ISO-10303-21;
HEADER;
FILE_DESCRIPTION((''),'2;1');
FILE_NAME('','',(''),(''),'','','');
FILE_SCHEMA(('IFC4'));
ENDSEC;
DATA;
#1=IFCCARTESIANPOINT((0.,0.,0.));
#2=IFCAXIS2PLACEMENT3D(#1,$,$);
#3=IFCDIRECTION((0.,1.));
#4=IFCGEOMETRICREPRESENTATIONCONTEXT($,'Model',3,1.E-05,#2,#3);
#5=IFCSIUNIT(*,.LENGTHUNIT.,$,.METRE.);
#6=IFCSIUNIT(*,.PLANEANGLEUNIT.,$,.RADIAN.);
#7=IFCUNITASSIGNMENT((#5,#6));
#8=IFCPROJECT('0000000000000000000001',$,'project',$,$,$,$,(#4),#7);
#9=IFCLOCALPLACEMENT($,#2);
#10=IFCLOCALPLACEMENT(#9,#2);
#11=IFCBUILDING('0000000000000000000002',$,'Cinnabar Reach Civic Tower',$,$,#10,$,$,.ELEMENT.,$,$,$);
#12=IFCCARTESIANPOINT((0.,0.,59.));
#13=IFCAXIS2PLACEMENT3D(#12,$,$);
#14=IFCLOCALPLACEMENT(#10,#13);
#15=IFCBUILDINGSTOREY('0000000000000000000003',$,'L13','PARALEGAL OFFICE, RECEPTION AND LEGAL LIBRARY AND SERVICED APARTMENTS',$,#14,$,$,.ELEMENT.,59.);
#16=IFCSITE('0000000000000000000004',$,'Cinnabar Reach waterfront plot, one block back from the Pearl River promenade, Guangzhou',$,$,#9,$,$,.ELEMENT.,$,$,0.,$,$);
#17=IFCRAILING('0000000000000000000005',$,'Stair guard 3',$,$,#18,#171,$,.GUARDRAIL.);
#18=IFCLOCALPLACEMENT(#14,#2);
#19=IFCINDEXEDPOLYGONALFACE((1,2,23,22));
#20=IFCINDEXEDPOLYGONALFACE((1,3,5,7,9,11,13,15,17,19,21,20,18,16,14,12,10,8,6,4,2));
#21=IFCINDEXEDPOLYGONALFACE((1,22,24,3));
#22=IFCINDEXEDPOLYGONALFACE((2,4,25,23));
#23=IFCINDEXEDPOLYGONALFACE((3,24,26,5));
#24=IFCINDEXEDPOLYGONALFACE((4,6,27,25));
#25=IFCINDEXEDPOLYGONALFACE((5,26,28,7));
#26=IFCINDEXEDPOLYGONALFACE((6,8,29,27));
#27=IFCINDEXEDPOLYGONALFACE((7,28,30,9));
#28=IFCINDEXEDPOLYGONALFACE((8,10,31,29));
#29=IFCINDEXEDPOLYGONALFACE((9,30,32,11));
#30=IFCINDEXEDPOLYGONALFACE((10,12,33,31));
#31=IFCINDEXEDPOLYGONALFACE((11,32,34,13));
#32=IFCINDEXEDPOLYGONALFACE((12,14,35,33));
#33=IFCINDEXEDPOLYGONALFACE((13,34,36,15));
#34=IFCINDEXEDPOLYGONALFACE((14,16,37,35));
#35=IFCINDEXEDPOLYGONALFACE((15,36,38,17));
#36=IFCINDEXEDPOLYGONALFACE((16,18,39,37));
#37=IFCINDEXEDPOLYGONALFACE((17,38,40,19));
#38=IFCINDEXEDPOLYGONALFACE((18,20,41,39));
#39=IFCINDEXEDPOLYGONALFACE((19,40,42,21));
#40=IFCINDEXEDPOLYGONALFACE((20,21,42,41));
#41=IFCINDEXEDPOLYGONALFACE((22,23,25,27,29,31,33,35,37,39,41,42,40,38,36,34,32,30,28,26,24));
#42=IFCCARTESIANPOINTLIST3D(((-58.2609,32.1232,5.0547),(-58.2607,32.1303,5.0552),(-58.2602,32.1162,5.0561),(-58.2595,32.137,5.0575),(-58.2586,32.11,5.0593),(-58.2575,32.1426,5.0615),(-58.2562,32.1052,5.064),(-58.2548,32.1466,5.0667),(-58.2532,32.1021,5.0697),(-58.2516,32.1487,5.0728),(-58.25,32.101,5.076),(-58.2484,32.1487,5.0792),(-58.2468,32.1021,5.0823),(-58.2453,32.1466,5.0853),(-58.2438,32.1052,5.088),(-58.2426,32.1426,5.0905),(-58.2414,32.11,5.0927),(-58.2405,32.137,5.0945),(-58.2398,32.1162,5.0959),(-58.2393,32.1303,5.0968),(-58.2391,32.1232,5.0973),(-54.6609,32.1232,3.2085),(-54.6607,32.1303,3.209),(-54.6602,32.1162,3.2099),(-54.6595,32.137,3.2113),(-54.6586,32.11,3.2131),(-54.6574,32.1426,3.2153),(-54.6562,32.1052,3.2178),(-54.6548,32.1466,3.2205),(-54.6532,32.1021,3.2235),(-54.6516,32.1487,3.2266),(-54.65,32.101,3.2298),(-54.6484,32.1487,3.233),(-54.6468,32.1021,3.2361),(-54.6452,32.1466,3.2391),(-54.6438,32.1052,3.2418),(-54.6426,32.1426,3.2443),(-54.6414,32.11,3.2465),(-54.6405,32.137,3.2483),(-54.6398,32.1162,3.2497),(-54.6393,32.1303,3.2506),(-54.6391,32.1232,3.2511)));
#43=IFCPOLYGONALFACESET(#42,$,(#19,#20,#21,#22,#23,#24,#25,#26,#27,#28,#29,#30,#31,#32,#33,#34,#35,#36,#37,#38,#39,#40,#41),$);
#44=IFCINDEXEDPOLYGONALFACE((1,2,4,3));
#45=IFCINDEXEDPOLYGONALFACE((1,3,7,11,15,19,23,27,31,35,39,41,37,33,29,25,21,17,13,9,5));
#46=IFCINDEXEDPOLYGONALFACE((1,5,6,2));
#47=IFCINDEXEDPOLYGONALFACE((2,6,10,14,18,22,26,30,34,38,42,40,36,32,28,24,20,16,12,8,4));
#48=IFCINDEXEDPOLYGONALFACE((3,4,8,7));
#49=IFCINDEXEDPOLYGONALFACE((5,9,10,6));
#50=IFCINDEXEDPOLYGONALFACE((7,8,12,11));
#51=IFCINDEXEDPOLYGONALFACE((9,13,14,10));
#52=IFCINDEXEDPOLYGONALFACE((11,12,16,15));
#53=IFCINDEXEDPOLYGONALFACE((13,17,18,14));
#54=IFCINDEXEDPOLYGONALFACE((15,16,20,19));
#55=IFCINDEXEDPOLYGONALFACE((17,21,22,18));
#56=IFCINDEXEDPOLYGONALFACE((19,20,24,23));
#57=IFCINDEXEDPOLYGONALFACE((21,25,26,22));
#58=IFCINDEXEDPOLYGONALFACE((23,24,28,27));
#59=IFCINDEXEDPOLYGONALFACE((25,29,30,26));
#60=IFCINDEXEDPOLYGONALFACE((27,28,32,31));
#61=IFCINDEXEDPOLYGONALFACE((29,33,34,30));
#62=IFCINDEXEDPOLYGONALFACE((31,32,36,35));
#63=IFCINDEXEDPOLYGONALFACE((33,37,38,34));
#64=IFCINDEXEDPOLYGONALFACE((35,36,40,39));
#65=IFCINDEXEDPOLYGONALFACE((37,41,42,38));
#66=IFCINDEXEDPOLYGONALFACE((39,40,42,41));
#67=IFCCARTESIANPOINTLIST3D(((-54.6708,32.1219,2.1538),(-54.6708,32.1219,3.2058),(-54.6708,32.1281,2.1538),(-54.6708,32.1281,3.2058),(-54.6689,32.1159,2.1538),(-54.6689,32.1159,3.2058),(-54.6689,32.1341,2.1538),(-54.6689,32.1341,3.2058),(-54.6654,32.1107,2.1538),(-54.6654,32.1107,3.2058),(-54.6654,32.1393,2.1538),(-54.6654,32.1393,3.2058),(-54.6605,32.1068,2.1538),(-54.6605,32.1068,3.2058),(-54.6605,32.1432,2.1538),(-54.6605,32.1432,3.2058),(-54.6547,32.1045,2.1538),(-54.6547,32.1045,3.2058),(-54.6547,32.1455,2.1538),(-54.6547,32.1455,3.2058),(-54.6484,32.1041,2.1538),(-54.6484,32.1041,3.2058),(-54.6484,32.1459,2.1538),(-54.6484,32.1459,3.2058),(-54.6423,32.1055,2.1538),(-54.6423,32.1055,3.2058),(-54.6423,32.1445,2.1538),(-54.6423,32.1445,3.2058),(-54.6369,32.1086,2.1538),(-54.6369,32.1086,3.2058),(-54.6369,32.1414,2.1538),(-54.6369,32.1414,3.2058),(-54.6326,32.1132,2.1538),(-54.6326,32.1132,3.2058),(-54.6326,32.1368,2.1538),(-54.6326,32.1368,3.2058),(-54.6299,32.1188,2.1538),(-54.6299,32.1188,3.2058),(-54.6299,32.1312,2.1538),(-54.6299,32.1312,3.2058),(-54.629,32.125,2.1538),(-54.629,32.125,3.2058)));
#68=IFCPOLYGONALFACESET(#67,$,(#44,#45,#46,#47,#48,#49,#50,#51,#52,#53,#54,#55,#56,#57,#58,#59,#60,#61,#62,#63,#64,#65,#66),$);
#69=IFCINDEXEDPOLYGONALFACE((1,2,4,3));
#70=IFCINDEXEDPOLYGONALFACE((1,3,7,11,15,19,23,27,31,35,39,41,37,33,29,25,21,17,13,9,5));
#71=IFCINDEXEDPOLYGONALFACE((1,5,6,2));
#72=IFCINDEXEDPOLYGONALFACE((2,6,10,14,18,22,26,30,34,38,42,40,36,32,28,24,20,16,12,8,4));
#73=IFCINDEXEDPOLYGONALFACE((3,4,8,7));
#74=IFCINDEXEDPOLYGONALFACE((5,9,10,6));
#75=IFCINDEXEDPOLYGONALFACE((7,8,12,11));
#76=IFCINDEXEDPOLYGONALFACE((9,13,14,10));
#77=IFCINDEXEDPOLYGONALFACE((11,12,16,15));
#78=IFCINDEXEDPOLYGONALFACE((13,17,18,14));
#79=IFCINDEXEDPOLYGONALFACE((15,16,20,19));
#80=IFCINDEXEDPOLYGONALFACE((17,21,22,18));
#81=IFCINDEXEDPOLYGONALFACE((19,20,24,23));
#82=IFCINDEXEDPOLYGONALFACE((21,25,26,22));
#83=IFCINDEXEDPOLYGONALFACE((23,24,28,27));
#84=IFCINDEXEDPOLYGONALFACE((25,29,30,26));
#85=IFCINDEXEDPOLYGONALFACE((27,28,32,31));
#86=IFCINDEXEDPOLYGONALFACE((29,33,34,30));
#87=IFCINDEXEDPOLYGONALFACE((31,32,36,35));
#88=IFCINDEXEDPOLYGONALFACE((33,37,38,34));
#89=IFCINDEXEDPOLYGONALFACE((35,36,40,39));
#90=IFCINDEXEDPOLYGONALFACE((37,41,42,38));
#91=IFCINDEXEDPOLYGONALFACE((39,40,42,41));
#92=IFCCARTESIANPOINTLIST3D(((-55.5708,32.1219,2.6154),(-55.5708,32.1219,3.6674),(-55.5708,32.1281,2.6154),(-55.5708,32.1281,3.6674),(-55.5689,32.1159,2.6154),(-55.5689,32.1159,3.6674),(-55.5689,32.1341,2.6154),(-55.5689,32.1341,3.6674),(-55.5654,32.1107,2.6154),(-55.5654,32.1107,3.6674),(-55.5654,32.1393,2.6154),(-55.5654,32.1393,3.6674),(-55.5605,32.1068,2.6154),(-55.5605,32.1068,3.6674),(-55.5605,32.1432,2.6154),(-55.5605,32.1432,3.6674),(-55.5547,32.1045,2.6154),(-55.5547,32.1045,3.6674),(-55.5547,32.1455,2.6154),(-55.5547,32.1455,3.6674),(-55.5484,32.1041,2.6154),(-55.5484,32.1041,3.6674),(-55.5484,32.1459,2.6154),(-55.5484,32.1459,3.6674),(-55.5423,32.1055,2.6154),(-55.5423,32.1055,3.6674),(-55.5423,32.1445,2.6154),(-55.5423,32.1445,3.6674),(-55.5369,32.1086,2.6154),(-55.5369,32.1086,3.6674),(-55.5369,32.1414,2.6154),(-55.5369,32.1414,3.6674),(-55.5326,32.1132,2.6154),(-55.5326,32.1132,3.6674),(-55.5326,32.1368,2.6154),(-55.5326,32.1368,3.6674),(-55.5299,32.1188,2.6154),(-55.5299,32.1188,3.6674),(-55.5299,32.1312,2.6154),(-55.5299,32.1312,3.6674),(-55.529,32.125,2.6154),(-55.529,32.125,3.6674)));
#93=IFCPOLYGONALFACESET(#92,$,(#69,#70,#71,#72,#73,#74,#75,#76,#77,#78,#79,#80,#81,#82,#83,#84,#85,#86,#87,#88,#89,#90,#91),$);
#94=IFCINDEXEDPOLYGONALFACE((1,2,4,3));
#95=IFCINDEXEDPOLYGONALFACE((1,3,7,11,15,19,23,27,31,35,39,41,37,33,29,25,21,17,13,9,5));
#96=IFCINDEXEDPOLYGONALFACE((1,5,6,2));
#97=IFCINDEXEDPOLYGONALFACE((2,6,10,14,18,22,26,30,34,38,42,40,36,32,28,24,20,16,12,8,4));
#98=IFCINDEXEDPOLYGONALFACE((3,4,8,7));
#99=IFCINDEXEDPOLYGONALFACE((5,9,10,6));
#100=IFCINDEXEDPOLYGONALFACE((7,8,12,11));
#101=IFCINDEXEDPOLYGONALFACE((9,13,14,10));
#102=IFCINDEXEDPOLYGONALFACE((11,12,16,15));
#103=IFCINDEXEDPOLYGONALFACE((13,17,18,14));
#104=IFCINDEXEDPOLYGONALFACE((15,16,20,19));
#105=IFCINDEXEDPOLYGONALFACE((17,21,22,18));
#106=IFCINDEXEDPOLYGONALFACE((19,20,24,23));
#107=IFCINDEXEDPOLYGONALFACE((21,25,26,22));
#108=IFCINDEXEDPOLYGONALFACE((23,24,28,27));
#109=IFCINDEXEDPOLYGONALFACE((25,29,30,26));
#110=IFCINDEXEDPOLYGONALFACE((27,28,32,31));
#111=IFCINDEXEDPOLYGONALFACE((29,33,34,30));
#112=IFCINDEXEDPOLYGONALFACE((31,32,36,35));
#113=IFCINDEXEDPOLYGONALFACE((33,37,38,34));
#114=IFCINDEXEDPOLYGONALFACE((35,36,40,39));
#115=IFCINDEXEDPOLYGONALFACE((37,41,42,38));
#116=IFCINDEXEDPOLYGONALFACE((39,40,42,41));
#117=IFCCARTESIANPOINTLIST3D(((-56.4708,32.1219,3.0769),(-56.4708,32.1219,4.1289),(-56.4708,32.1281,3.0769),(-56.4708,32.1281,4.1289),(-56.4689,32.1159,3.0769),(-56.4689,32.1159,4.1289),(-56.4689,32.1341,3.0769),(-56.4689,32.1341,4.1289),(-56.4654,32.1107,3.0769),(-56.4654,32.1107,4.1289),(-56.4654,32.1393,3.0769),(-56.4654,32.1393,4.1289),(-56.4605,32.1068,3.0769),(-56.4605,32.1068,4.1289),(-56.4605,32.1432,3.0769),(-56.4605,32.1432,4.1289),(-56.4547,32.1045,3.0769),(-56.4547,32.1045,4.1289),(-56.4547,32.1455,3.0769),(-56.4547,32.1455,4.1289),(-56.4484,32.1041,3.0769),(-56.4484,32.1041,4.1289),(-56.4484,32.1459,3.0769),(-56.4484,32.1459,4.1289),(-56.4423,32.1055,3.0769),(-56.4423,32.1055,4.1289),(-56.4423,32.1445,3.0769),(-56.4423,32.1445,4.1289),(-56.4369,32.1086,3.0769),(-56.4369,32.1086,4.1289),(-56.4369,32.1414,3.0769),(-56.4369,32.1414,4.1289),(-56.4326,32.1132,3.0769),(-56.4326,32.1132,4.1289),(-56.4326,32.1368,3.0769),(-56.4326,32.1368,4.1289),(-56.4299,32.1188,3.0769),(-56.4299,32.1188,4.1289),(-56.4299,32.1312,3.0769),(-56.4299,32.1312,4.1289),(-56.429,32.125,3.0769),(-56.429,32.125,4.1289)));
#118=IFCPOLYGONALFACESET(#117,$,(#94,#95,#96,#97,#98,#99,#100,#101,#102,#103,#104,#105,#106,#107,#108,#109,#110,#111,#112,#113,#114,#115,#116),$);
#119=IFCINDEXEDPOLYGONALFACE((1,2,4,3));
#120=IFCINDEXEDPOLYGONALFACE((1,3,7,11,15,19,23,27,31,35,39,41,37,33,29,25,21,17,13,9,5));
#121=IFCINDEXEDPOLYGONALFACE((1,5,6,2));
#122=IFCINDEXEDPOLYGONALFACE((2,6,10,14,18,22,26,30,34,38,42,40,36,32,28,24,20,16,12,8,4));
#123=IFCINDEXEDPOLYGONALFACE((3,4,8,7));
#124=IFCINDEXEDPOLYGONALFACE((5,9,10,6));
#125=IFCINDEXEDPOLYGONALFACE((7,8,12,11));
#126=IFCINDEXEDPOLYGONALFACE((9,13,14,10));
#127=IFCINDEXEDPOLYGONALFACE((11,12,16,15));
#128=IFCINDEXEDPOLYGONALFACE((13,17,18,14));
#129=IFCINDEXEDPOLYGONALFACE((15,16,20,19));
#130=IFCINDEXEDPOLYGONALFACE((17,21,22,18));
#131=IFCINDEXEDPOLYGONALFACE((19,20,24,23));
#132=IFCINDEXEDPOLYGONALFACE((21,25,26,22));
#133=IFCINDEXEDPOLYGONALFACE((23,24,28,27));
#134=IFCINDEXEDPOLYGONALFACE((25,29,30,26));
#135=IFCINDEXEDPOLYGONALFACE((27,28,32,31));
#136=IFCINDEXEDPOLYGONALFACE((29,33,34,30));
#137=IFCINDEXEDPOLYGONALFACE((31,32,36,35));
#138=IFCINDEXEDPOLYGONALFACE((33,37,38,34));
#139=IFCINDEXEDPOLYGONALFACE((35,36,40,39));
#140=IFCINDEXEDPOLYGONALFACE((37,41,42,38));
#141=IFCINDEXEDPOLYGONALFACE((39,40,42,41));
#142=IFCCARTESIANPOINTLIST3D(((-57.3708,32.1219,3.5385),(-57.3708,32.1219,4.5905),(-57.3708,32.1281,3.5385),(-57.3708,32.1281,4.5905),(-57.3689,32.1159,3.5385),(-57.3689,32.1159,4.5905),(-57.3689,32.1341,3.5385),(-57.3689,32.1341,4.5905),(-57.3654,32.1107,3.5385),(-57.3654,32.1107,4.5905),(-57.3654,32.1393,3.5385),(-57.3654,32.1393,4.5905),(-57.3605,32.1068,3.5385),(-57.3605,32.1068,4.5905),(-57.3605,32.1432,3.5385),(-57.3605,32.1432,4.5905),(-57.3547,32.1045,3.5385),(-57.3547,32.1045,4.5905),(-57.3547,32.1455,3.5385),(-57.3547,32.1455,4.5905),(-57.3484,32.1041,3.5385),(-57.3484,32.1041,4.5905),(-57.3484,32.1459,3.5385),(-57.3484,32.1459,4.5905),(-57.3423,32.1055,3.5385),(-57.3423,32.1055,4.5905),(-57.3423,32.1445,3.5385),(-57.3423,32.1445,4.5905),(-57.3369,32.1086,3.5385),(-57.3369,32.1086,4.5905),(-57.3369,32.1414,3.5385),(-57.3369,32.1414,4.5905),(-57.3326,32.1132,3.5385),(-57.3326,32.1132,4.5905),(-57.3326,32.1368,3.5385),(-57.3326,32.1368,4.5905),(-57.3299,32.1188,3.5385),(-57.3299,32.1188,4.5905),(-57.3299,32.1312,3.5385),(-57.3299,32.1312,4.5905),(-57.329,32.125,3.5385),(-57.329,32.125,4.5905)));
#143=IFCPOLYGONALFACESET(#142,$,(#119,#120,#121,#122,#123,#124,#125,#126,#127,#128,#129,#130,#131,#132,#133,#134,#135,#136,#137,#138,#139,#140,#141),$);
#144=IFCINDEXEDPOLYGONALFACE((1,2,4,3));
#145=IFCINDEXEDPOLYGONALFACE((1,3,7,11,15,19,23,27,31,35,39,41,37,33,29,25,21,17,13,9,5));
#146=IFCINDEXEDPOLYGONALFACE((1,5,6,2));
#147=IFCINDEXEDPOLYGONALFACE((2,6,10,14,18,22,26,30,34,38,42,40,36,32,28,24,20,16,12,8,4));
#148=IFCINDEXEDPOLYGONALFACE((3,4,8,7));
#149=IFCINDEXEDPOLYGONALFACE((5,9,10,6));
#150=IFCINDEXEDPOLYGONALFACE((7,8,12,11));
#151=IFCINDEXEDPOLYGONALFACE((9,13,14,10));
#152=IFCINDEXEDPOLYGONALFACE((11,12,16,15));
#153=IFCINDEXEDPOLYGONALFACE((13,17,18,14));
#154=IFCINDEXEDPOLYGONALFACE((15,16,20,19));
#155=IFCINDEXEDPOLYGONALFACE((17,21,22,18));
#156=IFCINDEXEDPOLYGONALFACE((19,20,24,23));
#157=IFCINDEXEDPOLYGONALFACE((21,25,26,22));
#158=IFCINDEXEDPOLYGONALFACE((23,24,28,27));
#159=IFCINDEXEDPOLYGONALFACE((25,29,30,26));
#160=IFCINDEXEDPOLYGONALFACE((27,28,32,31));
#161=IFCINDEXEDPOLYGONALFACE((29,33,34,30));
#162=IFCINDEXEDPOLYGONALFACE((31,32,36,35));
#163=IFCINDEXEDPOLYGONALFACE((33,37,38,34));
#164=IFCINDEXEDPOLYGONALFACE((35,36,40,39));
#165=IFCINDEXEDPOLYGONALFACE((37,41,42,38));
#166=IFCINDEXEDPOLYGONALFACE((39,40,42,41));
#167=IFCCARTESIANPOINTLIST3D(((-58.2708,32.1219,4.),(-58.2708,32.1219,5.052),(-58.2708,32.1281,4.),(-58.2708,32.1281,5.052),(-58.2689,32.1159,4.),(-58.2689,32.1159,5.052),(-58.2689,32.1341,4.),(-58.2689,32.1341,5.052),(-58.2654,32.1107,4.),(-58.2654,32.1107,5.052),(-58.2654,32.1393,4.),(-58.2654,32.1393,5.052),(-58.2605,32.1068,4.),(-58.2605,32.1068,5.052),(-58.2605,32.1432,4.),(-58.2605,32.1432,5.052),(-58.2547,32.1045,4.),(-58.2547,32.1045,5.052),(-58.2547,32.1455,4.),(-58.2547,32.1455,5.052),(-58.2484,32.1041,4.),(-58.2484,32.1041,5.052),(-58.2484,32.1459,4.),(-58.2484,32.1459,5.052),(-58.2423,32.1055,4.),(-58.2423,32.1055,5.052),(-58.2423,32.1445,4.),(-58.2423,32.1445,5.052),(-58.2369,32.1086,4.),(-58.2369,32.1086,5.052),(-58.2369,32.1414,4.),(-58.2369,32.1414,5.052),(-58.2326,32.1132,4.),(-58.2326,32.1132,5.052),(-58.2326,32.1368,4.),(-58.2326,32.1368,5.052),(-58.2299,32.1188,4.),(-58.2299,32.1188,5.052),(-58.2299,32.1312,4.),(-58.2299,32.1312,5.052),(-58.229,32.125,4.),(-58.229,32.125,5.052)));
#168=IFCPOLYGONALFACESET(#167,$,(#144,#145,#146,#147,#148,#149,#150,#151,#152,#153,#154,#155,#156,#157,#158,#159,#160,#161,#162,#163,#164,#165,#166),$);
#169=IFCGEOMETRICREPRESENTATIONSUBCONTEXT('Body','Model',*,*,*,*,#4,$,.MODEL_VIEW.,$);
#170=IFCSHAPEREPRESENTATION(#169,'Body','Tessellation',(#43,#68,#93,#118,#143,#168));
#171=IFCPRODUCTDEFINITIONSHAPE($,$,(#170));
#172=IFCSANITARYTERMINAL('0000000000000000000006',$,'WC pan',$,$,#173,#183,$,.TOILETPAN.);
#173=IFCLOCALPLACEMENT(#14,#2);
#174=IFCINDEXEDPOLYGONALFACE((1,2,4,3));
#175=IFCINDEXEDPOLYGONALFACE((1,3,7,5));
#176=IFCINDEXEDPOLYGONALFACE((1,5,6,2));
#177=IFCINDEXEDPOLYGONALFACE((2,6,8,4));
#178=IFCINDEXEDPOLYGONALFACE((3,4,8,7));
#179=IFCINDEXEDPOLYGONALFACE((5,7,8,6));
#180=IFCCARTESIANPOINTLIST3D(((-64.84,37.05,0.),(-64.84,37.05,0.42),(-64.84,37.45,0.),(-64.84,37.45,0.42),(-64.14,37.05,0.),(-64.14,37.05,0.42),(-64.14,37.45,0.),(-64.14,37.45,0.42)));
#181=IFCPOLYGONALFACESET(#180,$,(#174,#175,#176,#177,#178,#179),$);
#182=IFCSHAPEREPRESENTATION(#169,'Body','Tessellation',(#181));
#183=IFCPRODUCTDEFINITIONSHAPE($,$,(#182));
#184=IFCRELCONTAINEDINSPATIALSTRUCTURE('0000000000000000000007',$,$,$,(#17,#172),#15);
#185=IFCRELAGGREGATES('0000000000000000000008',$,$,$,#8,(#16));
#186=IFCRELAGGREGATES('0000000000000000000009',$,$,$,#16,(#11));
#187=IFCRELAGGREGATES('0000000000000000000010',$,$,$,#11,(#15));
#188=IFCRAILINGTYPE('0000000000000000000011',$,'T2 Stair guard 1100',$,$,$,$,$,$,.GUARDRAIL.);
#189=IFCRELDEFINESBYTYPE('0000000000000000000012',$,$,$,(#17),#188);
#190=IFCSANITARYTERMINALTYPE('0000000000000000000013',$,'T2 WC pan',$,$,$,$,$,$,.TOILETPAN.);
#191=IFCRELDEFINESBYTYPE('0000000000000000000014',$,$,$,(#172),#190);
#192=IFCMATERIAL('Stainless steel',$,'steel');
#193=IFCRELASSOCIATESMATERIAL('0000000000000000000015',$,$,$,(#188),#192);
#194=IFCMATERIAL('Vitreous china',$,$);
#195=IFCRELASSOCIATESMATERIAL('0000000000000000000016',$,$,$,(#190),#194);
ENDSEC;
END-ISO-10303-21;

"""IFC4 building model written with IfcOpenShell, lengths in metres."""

from ifc_helpers import new_model, si_unit, direction, frame, origin, origin_2d, place, context, subcontext, project, spatial, rectangle, circle, extrude, material, type_object, element, save


model = new_model("IFC4")

# Units and contexts
model_context = context("Model", 3, precision=1e-05, world=origin(), true_north=direction((0.0, 1.0)))
body_context = subcontext(model_context, "Body", "Model", "MODEL_VIEW")
ifc_project = project(units=[si_unit("LENGTHUNIT", "METRE"), si_unit("PLANEANGLEUNIT", "RADIAN")], contexts=[model_context])

# Site, building, storey
site_placement = place(None, origin())
site = spatial("IfcSite", under=ifc_project, at=site_placement, Name="Cinnabar Reach waterfront plot, one block back from the Pearl River promenade, Guangzhou", CompositionType="ELEMENT", RefElevation=0.0)
building_placement = place(site_placement, origin())
building = spatial("IfcBuilding", under=site, at=building_placement, Name="Cinnabar Reach Civic Tower", CompositionType="ELEMENT")
storey_placement = place(building_placement, frame((0.0, 0.0, 59.0)))
storey = spatial("IfcBuildingStorey", under=building, at=storey_placement, Name="L13", Description="PARALEGAL OFFICE, RECEPTION AND LEGAL LIBRARY AND SERVICED APARTMENTS", CompositionType="ELEMENT", Elevation=59.0)

# Railing
ifc_material_1 = material(Name="Stainless steel", Category="steel")
railing_type = type_object("IfcRailingType", Name="T2 Stair guard 1100", PredefinedType="GUARDRAIL", material=ifc_material_1)
railing_1_placement = place(storey_placement, frame((-54.65, 32.125, 2.1538)))
element("IfcRailing", 1, at=railing_1_placement, inside=storey, type_object=railing_type, Name="Stair guard 3", PredefinedType="GUARDRAIL", context=body_context, shape_type="SweptSolid", body=[
    extrude(circle(Radius=0.024, at=origin_2d()), frame((0.0, 0.0, 1.076), z_axis=(-0.889813, 0.0, 0.456326), x_axis=(0.0, -1.0, 0.0)), (0.0, 0.0, 1.0), 4.0458),
    extrude(circle(Radius=0.021, at=origin_2d()), origin(), (0.0, 0.0, 1.0), 1.052),
    extrude(circle(Radius=0.021, at=origin_2d()), frame((-0.9, 0.0, 0.4616)), (0.0, 0.0, 1.0), 1.052),
    extrude(circle(Radius=0.021, at=origin_2d()), frame((-1.8, 0.0, 0.9231)), (0.0, 0.0, 1.0), 1.052),
    extrude(circle(Radius=0.021, at=origin_2d()), frame((-2.7, 0.0, 1.3847)), (0.0, 0.0, 1.0), 1.052),
    extrude(circle(Radius=0.021, at=origin_2d()), frame((-3.6, 0.0, 1.8462)), (0.0, 0.0, 1.0), 1.052),
])

# Sanitary terminal
ifc_material_2 = material(Name="Vitreous china")
sanitary_terminal_type = type_object("IfcSanitaryTerminalType", Name="T2 WC pan", PredefinedType="TOILETPAN", material=ifc_material_2)
sanitary_terminal_placement = place(storey_placement, frame((-64.49, 37.25, 0.0), z_axis=(0.0, 0.0, 1.0), x_axis=(1.0, 0.0, 0.0)))
element("IfcSanitaryTerminal", 2, at=sanitary_terminal_placement, inside=storey, type_object=sanitary_terminal_type, Name="WC pan", PredefinedType="TOILETPAN", context=body_context, shape_type="SweptSolid", body=[
    extrude(rectangle(XDim=0.7, YDim=0.4, at=origin_2d()), origin(), (0.0, 0.0, 1.0), 0.42),
])

save(model, "model.ifc")
